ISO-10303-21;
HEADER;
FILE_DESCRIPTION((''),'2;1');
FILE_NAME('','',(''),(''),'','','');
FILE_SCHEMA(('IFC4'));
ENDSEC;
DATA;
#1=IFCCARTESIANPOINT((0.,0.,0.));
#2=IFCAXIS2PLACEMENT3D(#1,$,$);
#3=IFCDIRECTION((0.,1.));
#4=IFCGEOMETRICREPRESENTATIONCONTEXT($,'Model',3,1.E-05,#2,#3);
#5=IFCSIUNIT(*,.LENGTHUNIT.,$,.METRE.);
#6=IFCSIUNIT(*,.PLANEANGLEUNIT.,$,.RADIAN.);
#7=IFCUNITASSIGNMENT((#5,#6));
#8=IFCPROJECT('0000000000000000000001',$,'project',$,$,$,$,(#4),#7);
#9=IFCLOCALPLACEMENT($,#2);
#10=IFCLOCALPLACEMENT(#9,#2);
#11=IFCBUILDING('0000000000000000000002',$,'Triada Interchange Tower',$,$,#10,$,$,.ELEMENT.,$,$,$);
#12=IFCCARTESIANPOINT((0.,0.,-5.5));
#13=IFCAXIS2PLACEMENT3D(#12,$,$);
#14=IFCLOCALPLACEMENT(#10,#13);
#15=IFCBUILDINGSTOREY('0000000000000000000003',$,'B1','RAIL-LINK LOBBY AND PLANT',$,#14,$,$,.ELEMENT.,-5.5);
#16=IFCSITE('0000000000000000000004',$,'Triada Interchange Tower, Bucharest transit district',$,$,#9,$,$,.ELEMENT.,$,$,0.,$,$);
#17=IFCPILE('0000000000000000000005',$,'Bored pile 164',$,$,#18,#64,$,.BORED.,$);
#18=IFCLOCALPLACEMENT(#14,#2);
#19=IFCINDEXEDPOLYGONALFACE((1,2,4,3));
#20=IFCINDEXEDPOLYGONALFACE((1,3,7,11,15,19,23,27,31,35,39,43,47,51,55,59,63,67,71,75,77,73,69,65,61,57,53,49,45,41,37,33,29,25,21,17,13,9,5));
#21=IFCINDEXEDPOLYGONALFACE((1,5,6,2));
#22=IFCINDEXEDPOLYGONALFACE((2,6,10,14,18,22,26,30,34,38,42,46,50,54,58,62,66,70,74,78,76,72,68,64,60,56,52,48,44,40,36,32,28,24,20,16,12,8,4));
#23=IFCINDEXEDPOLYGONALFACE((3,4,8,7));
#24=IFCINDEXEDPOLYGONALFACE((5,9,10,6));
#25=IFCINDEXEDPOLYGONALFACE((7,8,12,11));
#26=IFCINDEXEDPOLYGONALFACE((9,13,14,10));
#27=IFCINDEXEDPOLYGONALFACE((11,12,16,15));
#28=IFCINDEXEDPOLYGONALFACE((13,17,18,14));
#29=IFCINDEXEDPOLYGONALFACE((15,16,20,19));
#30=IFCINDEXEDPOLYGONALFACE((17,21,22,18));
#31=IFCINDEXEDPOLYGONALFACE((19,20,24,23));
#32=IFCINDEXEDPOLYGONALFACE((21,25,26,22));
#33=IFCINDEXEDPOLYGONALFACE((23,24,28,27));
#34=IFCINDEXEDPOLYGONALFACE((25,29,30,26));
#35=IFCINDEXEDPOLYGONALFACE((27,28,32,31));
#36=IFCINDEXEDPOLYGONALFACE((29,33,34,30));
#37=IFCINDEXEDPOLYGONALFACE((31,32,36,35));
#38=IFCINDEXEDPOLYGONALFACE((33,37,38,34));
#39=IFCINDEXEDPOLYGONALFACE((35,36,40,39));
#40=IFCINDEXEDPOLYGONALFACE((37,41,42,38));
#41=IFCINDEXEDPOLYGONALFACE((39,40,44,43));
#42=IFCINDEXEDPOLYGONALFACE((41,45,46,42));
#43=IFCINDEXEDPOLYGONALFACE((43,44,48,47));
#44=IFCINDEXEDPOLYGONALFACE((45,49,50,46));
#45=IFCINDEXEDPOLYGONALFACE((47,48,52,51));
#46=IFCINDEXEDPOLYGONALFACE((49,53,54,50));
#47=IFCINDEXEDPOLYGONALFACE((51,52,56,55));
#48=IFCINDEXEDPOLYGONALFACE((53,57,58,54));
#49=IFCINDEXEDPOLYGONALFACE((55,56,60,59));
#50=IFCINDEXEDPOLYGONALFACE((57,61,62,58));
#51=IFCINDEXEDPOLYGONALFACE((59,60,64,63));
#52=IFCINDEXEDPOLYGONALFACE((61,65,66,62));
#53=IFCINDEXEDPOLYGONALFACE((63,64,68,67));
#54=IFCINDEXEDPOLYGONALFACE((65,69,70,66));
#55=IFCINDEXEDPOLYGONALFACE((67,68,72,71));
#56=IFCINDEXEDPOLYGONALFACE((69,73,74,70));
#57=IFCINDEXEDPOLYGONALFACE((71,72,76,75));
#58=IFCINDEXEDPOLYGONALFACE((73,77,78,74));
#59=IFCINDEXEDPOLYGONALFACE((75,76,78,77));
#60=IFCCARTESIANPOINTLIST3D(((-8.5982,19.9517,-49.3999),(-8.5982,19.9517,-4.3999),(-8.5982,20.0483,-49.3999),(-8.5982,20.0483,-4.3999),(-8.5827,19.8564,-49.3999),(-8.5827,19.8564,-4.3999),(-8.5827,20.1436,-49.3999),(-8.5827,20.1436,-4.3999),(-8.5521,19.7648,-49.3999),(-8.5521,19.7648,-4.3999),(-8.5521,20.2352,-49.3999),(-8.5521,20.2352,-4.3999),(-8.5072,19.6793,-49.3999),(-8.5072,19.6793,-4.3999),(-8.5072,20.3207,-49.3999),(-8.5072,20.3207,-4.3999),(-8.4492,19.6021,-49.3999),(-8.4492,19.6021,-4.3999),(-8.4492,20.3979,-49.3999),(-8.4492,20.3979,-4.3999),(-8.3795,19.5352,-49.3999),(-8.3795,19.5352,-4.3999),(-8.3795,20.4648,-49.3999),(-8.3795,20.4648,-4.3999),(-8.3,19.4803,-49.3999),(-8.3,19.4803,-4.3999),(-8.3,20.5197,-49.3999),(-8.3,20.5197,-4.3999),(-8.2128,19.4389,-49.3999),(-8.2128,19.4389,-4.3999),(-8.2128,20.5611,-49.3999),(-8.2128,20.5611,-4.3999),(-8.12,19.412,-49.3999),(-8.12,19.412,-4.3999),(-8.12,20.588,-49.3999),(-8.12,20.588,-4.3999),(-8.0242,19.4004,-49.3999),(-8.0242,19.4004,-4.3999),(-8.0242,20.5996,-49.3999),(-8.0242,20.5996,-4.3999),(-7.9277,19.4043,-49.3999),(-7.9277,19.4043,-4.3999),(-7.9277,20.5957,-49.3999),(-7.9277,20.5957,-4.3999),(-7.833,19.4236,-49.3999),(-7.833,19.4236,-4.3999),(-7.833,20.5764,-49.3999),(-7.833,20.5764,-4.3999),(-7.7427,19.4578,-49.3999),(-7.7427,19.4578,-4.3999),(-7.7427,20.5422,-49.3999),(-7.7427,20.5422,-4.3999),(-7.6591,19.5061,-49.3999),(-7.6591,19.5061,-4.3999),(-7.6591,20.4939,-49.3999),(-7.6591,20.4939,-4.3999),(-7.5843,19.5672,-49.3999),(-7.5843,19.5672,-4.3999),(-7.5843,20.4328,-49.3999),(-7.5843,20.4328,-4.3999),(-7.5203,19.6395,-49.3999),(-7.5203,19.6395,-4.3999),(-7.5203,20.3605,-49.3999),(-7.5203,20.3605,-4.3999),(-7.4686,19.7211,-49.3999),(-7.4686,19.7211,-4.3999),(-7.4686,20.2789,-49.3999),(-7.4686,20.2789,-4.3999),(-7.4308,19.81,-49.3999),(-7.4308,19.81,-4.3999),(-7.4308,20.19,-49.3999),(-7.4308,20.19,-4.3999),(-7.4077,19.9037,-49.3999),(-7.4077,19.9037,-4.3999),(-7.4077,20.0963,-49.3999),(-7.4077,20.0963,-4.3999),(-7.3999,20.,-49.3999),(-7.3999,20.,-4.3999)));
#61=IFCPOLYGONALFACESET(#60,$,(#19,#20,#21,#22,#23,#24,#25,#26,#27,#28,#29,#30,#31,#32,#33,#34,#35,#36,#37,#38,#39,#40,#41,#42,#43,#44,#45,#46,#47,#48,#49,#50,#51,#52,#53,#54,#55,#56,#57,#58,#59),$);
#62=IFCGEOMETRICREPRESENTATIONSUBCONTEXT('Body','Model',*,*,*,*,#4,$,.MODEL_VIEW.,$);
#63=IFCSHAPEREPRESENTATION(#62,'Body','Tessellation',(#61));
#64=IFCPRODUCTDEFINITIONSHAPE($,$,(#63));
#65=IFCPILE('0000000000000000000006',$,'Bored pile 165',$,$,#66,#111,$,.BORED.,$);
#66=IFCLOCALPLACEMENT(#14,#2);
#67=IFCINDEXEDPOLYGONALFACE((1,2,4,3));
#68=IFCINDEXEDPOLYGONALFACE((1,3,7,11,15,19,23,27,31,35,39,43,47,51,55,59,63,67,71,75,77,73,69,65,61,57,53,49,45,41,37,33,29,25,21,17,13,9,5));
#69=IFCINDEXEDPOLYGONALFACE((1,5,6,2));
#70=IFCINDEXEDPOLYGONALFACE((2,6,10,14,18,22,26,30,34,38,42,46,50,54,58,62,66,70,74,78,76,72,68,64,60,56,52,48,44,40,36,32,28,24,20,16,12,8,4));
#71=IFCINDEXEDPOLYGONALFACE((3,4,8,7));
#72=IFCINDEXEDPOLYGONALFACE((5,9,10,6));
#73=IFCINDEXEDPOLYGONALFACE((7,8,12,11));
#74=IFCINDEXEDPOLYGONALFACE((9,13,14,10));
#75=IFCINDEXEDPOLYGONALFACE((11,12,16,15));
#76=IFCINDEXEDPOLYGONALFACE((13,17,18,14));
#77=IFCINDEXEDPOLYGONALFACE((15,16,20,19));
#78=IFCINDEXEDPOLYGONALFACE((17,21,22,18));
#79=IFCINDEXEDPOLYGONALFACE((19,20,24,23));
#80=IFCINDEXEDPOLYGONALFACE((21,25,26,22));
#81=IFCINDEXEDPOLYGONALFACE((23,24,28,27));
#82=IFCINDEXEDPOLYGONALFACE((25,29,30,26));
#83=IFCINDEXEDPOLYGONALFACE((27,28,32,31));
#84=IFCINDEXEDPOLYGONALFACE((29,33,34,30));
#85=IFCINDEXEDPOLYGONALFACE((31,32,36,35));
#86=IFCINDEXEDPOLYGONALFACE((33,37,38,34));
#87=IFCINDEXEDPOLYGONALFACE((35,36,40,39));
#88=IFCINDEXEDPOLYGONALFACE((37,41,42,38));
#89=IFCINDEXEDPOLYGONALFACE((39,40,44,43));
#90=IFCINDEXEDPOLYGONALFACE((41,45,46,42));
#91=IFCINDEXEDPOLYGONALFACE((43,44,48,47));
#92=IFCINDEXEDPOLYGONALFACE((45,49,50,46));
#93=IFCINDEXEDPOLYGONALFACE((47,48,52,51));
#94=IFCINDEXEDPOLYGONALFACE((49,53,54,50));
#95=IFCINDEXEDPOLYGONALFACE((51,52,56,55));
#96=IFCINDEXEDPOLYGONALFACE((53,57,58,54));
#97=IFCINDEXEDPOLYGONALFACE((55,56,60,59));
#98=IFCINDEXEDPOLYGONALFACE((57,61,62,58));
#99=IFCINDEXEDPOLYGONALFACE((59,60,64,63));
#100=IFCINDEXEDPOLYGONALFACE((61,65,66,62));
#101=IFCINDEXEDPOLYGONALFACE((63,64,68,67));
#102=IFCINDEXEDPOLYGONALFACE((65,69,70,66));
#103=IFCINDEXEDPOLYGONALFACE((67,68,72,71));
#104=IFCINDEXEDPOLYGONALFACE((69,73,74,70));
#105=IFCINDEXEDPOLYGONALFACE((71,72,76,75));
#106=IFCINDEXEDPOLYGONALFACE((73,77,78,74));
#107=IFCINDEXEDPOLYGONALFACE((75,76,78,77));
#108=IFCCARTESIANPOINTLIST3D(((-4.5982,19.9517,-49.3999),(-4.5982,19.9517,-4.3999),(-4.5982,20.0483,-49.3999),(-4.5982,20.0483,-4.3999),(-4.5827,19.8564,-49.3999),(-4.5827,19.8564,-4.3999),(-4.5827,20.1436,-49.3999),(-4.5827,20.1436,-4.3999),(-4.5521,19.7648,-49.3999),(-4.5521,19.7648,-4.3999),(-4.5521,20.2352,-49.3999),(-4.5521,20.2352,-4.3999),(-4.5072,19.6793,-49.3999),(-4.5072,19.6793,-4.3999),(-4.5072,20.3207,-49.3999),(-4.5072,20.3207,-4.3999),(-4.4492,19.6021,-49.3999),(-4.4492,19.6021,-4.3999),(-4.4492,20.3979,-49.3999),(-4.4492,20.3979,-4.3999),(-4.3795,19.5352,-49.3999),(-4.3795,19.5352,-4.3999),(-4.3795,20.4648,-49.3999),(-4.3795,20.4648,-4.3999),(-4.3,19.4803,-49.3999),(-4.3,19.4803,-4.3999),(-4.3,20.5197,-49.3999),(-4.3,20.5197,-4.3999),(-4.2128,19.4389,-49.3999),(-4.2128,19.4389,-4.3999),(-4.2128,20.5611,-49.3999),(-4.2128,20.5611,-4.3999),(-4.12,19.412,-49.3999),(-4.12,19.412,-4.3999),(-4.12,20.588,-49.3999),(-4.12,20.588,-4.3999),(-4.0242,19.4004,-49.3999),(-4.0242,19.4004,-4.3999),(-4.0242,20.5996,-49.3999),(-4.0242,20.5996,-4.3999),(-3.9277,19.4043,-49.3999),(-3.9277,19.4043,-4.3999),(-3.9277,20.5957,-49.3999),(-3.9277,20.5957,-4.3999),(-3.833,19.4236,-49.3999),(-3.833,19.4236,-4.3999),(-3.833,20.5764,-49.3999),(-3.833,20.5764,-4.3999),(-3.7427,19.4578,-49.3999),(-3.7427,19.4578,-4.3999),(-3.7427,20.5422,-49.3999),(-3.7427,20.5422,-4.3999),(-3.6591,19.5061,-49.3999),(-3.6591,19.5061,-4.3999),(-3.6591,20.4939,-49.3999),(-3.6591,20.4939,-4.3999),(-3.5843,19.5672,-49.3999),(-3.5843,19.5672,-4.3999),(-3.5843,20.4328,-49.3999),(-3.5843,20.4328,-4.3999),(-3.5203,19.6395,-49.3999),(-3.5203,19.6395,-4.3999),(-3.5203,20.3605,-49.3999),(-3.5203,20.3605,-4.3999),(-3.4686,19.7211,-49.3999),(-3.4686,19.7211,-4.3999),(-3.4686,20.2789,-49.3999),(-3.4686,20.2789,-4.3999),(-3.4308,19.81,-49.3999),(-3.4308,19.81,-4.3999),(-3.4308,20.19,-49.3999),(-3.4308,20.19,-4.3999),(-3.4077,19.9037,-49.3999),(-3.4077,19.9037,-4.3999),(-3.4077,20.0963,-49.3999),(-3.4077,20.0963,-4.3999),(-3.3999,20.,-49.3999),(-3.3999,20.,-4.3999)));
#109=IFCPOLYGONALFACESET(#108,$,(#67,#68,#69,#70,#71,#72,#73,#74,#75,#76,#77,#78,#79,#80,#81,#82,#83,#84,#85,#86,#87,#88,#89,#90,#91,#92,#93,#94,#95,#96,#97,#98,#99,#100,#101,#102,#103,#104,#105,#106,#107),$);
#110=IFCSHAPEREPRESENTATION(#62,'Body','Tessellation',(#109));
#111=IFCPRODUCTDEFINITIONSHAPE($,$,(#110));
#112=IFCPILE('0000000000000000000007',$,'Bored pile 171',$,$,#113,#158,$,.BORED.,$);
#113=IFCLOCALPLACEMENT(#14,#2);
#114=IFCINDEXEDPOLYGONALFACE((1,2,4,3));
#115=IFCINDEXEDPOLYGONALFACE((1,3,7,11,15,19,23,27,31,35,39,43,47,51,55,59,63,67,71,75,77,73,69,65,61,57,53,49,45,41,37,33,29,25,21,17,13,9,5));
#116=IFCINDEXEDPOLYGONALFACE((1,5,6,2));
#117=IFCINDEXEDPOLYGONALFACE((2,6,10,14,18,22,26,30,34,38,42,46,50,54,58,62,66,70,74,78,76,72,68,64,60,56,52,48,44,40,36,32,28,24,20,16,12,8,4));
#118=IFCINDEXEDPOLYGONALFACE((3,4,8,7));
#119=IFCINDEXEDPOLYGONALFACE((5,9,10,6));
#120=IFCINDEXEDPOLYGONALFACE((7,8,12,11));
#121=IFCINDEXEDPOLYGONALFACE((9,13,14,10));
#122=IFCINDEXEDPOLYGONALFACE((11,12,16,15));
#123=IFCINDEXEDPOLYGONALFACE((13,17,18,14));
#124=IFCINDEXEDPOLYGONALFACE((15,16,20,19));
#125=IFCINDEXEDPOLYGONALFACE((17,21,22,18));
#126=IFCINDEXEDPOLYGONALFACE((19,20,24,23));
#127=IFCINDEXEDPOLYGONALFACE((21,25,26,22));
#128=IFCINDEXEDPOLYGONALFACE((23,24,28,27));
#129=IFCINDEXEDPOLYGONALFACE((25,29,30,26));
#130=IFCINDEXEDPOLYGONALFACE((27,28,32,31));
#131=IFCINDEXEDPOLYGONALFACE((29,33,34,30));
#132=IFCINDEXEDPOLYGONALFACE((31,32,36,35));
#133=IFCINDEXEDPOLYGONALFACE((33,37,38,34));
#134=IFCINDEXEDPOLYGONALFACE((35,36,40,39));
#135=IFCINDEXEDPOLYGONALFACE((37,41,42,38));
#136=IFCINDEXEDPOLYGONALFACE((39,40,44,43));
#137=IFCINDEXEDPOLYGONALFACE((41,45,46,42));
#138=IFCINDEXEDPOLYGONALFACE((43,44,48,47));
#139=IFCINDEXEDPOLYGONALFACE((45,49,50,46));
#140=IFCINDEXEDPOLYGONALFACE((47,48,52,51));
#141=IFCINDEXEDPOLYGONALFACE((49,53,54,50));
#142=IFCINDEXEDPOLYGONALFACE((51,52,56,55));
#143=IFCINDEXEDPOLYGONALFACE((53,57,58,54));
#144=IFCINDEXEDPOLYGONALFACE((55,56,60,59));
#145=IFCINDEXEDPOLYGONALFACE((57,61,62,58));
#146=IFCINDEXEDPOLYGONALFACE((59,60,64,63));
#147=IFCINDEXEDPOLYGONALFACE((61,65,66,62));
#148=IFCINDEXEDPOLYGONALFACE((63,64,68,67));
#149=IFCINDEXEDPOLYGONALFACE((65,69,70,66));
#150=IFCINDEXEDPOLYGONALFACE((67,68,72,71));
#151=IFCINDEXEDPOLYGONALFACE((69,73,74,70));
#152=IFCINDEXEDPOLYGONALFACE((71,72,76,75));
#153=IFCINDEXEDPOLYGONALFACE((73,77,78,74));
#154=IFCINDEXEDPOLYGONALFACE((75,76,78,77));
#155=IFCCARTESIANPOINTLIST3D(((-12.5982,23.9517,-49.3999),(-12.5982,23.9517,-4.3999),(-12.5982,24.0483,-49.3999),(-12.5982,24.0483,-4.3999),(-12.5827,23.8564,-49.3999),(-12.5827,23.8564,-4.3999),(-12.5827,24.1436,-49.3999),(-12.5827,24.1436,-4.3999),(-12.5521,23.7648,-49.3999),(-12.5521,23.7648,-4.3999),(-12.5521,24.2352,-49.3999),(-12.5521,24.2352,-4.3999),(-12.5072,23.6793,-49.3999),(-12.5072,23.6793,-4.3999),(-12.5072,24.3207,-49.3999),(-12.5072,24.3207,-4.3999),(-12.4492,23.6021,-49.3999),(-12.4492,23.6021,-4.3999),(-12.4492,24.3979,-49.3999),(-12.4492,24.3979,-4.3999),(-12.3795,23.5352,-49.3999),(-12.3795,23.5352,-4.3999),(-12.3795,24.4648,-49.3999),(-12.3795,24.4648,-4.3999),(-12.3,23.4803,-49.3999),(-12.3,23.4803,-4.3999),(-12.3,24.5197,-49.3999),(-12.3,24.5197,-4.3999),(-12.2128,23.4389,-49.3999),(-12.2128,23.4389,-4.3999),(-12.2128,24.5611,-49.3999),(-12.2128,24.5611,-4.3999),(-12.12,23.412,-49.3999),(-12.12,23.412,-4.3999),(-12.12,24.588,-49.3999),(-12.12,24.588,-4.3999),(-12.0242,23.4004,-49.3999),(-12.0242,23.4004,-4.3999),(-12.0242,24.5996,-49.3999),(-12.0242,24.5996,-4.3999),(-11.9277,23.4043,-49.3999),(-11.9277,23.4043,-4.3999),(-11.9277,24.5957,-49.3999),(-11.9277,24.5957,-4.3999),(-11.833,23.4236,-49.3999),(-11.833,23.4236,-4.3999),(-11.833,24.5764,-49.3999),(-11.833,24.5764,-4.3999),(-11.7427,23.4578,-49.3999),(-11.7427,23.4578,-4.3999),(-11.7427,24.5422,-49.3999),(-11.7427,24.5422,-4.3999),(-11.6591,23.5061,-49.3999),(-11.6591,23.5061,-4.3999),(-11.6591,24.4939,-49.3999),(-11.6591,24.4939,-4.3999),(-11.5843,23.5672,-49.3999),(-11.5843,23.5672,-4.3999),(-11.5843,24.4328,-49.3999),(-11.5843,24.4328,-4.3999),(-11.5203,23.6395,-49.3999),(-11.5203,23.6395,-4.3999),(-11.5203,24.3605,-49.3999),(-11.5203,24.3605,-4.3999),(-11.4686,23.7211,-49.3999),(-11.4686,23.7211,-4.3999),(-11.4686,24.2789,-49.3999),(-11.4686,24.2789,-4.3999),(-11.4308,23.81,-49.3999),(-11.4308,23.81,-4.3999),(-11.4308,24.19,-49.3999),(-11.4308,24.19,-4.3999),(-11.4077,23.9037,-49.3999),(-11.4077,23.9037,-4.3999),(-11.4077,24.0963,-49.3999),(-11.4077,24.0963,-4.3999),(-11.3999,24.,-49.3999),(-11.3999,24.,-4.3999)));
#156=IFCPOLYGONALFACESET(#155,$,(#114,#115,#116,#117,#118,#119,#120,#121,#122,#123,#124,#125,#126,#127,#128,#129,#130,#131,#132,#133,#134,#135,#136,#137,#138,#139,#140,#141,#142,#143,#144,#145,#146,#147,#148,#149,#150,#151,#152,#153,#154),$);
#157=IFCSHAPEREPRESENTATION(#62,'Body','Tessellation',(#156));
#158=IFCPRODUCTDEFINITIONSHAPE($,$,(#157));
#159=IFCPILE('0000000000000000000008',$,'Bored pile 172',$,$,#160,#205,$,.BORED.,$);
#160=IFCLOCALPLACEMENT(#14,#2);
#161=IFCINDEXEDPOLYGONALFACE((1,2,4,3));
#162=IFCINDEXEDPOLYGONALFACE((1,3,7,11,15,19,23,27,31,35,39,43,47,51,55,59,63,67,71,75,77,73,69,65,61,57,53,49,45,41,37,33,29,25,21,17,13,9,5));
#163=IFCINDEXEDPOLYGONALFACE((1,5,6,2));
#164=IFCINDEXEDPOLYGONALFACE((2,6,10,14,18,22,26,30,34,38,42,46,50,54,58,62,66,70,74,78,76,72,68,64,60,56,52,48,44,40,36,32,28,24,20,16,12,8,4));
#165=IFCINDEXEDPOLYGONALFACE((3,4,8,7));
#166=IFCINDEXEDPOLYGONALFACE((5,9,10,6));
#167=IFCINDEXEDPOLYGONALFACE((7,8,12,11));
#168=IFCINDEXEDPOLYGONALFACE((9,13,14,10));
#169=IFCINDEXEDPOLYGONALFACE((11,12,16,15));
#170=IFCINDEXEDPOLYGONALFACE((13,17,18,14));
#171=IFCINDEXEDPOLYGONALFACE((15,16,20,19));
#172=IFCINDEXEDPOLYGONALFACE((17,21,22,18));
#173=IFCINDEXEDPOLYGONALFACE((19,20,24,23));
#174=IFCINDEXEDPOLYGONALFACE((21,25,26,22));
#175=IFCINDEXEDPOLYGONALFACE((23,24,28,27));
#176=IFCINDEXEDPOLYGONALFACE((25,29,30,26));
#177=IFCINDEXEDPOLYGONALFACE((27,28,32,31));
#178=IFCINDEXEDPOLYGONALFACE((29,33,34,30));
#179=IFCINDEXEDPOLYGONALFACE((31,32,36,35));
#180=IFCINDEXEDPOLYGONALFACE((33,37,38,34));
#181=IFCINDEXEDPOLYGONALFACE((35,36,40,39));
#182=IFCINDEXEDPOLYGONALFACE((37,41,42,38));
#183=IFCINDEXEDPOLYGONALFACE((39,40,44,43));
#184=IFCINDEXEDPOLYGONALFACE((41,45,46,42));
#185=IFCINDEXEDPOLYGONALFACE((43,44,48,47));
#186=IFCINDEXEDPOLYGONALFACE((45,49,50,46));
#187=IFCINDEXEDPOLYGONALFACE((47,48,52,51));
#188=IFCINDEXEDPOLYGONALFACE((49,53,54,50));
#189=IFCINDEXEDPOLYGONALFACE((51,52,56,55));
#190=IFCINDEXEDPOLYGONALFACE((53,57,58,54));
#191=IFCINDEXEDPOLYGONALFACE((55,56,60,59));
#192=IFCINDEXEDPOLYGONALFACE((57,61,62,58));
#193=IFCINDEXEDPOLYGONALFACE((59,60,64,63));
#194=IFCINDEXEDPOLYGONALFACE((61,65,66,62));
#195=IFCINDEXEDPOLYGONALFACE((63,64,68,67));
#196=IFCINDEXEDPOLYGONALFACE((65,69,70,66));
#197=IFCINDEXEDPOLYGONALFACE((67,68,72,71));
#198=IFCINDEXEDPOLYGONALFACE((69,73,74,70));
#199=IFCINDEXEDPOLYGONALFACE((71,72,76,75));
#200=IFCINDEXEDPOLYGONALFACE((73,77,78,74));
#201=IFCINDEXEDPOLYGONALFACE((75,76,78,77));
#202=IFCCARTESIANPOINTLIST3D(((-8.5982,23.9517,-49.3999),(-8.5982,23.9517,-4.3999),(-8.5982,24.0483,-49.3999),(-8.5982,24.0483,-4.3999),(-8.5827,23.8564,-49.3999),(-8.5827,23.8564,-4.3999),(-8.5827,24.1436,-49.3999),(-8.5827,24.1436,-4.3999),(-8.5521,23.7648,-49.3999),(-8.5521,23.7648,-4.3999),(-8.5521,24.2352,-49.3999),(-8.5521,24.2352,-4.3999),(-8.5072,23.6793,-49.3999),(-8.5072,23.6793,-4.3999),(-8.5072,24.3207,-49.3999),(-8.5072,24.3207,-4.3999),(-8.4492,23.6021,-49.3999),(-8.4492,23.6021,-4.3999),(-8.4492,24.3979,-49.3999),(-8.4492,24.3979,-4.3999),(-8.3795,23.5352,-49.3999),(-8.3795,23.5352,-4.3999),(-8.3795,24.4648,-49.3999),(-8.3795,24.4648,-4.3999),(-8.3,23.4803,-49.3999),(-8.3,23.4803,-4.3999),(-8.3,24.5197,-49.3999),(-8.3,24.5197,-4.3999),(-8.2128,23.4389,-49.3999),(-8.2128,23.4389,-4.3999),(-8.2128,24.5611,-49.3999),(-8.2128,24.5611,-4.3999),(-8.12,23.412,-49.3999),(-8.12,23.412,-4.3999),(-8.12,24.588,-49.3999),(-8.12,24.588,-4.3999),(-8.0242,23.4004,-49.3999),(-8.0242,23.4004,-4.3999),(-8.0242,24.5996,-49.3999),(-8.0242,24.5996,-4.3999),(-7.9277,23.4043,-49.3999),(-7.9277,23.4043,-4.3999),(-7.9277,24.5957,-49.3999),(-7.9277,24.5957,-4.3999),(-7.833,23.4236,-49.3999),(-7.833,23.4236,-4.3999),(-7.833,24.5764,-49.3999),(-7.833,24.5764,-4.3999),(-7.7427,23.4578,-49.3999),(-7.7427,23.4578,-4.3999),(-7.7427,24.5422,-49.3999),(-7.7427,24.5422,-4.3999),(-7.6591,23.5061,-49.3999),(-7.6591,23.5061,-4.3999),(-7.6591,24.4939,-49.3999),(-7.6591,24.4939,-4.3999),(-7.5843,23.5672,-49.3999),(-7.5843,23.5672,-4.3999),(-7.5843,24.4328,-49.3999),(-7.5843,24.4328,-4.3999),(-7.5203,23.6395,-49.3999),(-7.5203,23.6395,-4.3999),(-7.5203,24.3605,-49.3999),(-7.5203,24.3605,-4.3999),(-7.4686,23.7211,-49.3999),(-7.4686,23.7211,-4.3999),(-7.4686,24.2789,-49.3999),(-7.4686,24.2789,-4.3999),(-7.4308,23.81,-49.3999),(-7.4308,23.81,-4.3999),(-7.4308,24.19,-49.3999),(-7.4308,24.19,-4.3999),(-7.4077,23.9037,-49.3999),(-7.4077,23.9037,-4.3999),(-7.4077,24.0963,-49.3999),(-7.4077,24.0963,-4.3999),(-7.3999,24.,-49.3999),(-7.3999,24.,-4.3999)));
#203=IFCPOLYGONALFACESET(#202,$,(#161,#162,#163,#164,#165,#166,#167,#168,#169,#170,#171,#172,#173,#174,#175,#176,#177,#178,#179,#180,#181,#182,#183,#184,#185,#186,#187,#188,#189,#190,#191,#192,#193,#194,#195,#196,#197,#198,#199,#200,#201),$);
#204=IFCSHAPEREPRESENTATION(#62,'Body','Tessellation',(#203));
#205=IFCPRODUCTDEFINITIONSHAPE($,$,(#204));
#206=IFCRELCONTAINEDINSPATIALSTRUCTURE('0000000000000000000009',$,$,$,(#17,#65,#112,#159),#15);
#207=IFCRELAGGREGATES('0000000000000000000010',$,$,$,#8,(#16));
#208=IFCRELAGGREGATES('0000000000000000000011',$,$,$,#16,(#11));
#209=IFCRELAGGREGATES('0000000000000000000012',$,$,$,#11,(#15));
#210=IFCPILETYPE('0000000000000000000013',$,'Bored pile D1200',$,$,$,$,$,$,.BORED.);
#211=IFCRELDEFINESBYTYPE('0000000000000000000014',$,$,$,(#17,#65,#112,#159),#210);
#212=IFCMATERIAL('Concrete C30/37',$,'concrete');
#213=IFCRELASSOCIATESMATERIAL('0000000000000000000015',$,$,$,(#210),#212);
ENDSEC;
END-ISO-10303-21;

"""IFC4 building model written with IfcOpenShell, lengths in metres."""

from ifc_helpers import new_model, si_unit, direction, frame, origin, origin_2d, place, context, subcontext, project, spatial, circle, extrude, material, material_profile, profile_set, type_object, element, save


model = new_model("IFC4")

# Units and contexts
model_context = context("Model", 3, precision=1e-05, world=origin(), true_north=direction((0.0, 1.0)))
body_context = subcontext(model_context, "Body", "Model", "MODEL_VIEW")
ifc_project = project(units=[si_unit("LENGTHUNIT", "METRE"), si_unit("PLANEANGLEUNIT", "RADIAN")], contexts=[model_context])

# Site, building, storey
site_placement = place(None, origin())
site = spatial("IfcSite", under=ifc_project, at=site_placement, Name="Triada Interchange Tower, Bucharest transit district", CompositionType="ELEMENT", RefElevation=0.0)
building_placement = place(site_placement, origin())
building = spatial("IfcBuilding", under=site, at=building_placement, Name="Triada Interchange Tower", CompositionType="ELEMENT")
storey_placement = place(building_placement, frame((0.0, 0.0, -5.5)))
storey = spatial("IfcBuildingStorey", under=building, at=storey_placement, Name="B1", Description="RAIL-LINK LOBBY AND PLANT", CompositionType="ELEMENT", Elevation=-5.5)

# Piles
ifc_material_1 = material(Name="Concrete C30/37", Category="concrete")
ifc_material_profile_1 = material_profile(ifc_material_1, circle(Radius=0.6001, at=origin_2d()), Name="RC D1200")
ifc_profile_set_1 = profile_set([ifc_material_profile_1], Name="Concrete C30/37")
pile_type = type_object("IfcPileType", Name="Bored pile D1200", PredefinedType="BORED", material=ifc_profile_set_1)
for number, where, z_axis, x_axis, name in (
    (1, (-8.0, 20.0, -4.3999), (0.0, 0.0, -1.0), (1.0, 0.0, 0.0), "Bored pile 164"),
    (2, (-4.0, 20.0, -4.3999), (0.0, 0.0, -1.0), (1.0, 0.0, 0.0), "Bored pile 165"),
    (3, (-12.0, 24.0, -4.3999), (0.0, 0.0, -1.0), (1.0, 0.0, 0.0), "Bored pile 171"),
    (4, (-8.0, 24.0, -4.3999), (0.0, 0.0, -1.0), (1.0, 0.0, 0.0), "Bored pile 172"),
):
    element("IfcPile", number, at=place(storey_placement, frame(where, z_axis=z_axis, x_axis=x_axis)), inside=storey, type_object=pile_type, Name=name, PredefinedType="BORED", context=body_context, shape_type="SweptSolid", body=[
        extrude(circle(Radius=0.6001, at=origin_2d()), origin(), (0.0, 0.0, 1.0), 45.0),
    ])

save(model, "model.ifc")
